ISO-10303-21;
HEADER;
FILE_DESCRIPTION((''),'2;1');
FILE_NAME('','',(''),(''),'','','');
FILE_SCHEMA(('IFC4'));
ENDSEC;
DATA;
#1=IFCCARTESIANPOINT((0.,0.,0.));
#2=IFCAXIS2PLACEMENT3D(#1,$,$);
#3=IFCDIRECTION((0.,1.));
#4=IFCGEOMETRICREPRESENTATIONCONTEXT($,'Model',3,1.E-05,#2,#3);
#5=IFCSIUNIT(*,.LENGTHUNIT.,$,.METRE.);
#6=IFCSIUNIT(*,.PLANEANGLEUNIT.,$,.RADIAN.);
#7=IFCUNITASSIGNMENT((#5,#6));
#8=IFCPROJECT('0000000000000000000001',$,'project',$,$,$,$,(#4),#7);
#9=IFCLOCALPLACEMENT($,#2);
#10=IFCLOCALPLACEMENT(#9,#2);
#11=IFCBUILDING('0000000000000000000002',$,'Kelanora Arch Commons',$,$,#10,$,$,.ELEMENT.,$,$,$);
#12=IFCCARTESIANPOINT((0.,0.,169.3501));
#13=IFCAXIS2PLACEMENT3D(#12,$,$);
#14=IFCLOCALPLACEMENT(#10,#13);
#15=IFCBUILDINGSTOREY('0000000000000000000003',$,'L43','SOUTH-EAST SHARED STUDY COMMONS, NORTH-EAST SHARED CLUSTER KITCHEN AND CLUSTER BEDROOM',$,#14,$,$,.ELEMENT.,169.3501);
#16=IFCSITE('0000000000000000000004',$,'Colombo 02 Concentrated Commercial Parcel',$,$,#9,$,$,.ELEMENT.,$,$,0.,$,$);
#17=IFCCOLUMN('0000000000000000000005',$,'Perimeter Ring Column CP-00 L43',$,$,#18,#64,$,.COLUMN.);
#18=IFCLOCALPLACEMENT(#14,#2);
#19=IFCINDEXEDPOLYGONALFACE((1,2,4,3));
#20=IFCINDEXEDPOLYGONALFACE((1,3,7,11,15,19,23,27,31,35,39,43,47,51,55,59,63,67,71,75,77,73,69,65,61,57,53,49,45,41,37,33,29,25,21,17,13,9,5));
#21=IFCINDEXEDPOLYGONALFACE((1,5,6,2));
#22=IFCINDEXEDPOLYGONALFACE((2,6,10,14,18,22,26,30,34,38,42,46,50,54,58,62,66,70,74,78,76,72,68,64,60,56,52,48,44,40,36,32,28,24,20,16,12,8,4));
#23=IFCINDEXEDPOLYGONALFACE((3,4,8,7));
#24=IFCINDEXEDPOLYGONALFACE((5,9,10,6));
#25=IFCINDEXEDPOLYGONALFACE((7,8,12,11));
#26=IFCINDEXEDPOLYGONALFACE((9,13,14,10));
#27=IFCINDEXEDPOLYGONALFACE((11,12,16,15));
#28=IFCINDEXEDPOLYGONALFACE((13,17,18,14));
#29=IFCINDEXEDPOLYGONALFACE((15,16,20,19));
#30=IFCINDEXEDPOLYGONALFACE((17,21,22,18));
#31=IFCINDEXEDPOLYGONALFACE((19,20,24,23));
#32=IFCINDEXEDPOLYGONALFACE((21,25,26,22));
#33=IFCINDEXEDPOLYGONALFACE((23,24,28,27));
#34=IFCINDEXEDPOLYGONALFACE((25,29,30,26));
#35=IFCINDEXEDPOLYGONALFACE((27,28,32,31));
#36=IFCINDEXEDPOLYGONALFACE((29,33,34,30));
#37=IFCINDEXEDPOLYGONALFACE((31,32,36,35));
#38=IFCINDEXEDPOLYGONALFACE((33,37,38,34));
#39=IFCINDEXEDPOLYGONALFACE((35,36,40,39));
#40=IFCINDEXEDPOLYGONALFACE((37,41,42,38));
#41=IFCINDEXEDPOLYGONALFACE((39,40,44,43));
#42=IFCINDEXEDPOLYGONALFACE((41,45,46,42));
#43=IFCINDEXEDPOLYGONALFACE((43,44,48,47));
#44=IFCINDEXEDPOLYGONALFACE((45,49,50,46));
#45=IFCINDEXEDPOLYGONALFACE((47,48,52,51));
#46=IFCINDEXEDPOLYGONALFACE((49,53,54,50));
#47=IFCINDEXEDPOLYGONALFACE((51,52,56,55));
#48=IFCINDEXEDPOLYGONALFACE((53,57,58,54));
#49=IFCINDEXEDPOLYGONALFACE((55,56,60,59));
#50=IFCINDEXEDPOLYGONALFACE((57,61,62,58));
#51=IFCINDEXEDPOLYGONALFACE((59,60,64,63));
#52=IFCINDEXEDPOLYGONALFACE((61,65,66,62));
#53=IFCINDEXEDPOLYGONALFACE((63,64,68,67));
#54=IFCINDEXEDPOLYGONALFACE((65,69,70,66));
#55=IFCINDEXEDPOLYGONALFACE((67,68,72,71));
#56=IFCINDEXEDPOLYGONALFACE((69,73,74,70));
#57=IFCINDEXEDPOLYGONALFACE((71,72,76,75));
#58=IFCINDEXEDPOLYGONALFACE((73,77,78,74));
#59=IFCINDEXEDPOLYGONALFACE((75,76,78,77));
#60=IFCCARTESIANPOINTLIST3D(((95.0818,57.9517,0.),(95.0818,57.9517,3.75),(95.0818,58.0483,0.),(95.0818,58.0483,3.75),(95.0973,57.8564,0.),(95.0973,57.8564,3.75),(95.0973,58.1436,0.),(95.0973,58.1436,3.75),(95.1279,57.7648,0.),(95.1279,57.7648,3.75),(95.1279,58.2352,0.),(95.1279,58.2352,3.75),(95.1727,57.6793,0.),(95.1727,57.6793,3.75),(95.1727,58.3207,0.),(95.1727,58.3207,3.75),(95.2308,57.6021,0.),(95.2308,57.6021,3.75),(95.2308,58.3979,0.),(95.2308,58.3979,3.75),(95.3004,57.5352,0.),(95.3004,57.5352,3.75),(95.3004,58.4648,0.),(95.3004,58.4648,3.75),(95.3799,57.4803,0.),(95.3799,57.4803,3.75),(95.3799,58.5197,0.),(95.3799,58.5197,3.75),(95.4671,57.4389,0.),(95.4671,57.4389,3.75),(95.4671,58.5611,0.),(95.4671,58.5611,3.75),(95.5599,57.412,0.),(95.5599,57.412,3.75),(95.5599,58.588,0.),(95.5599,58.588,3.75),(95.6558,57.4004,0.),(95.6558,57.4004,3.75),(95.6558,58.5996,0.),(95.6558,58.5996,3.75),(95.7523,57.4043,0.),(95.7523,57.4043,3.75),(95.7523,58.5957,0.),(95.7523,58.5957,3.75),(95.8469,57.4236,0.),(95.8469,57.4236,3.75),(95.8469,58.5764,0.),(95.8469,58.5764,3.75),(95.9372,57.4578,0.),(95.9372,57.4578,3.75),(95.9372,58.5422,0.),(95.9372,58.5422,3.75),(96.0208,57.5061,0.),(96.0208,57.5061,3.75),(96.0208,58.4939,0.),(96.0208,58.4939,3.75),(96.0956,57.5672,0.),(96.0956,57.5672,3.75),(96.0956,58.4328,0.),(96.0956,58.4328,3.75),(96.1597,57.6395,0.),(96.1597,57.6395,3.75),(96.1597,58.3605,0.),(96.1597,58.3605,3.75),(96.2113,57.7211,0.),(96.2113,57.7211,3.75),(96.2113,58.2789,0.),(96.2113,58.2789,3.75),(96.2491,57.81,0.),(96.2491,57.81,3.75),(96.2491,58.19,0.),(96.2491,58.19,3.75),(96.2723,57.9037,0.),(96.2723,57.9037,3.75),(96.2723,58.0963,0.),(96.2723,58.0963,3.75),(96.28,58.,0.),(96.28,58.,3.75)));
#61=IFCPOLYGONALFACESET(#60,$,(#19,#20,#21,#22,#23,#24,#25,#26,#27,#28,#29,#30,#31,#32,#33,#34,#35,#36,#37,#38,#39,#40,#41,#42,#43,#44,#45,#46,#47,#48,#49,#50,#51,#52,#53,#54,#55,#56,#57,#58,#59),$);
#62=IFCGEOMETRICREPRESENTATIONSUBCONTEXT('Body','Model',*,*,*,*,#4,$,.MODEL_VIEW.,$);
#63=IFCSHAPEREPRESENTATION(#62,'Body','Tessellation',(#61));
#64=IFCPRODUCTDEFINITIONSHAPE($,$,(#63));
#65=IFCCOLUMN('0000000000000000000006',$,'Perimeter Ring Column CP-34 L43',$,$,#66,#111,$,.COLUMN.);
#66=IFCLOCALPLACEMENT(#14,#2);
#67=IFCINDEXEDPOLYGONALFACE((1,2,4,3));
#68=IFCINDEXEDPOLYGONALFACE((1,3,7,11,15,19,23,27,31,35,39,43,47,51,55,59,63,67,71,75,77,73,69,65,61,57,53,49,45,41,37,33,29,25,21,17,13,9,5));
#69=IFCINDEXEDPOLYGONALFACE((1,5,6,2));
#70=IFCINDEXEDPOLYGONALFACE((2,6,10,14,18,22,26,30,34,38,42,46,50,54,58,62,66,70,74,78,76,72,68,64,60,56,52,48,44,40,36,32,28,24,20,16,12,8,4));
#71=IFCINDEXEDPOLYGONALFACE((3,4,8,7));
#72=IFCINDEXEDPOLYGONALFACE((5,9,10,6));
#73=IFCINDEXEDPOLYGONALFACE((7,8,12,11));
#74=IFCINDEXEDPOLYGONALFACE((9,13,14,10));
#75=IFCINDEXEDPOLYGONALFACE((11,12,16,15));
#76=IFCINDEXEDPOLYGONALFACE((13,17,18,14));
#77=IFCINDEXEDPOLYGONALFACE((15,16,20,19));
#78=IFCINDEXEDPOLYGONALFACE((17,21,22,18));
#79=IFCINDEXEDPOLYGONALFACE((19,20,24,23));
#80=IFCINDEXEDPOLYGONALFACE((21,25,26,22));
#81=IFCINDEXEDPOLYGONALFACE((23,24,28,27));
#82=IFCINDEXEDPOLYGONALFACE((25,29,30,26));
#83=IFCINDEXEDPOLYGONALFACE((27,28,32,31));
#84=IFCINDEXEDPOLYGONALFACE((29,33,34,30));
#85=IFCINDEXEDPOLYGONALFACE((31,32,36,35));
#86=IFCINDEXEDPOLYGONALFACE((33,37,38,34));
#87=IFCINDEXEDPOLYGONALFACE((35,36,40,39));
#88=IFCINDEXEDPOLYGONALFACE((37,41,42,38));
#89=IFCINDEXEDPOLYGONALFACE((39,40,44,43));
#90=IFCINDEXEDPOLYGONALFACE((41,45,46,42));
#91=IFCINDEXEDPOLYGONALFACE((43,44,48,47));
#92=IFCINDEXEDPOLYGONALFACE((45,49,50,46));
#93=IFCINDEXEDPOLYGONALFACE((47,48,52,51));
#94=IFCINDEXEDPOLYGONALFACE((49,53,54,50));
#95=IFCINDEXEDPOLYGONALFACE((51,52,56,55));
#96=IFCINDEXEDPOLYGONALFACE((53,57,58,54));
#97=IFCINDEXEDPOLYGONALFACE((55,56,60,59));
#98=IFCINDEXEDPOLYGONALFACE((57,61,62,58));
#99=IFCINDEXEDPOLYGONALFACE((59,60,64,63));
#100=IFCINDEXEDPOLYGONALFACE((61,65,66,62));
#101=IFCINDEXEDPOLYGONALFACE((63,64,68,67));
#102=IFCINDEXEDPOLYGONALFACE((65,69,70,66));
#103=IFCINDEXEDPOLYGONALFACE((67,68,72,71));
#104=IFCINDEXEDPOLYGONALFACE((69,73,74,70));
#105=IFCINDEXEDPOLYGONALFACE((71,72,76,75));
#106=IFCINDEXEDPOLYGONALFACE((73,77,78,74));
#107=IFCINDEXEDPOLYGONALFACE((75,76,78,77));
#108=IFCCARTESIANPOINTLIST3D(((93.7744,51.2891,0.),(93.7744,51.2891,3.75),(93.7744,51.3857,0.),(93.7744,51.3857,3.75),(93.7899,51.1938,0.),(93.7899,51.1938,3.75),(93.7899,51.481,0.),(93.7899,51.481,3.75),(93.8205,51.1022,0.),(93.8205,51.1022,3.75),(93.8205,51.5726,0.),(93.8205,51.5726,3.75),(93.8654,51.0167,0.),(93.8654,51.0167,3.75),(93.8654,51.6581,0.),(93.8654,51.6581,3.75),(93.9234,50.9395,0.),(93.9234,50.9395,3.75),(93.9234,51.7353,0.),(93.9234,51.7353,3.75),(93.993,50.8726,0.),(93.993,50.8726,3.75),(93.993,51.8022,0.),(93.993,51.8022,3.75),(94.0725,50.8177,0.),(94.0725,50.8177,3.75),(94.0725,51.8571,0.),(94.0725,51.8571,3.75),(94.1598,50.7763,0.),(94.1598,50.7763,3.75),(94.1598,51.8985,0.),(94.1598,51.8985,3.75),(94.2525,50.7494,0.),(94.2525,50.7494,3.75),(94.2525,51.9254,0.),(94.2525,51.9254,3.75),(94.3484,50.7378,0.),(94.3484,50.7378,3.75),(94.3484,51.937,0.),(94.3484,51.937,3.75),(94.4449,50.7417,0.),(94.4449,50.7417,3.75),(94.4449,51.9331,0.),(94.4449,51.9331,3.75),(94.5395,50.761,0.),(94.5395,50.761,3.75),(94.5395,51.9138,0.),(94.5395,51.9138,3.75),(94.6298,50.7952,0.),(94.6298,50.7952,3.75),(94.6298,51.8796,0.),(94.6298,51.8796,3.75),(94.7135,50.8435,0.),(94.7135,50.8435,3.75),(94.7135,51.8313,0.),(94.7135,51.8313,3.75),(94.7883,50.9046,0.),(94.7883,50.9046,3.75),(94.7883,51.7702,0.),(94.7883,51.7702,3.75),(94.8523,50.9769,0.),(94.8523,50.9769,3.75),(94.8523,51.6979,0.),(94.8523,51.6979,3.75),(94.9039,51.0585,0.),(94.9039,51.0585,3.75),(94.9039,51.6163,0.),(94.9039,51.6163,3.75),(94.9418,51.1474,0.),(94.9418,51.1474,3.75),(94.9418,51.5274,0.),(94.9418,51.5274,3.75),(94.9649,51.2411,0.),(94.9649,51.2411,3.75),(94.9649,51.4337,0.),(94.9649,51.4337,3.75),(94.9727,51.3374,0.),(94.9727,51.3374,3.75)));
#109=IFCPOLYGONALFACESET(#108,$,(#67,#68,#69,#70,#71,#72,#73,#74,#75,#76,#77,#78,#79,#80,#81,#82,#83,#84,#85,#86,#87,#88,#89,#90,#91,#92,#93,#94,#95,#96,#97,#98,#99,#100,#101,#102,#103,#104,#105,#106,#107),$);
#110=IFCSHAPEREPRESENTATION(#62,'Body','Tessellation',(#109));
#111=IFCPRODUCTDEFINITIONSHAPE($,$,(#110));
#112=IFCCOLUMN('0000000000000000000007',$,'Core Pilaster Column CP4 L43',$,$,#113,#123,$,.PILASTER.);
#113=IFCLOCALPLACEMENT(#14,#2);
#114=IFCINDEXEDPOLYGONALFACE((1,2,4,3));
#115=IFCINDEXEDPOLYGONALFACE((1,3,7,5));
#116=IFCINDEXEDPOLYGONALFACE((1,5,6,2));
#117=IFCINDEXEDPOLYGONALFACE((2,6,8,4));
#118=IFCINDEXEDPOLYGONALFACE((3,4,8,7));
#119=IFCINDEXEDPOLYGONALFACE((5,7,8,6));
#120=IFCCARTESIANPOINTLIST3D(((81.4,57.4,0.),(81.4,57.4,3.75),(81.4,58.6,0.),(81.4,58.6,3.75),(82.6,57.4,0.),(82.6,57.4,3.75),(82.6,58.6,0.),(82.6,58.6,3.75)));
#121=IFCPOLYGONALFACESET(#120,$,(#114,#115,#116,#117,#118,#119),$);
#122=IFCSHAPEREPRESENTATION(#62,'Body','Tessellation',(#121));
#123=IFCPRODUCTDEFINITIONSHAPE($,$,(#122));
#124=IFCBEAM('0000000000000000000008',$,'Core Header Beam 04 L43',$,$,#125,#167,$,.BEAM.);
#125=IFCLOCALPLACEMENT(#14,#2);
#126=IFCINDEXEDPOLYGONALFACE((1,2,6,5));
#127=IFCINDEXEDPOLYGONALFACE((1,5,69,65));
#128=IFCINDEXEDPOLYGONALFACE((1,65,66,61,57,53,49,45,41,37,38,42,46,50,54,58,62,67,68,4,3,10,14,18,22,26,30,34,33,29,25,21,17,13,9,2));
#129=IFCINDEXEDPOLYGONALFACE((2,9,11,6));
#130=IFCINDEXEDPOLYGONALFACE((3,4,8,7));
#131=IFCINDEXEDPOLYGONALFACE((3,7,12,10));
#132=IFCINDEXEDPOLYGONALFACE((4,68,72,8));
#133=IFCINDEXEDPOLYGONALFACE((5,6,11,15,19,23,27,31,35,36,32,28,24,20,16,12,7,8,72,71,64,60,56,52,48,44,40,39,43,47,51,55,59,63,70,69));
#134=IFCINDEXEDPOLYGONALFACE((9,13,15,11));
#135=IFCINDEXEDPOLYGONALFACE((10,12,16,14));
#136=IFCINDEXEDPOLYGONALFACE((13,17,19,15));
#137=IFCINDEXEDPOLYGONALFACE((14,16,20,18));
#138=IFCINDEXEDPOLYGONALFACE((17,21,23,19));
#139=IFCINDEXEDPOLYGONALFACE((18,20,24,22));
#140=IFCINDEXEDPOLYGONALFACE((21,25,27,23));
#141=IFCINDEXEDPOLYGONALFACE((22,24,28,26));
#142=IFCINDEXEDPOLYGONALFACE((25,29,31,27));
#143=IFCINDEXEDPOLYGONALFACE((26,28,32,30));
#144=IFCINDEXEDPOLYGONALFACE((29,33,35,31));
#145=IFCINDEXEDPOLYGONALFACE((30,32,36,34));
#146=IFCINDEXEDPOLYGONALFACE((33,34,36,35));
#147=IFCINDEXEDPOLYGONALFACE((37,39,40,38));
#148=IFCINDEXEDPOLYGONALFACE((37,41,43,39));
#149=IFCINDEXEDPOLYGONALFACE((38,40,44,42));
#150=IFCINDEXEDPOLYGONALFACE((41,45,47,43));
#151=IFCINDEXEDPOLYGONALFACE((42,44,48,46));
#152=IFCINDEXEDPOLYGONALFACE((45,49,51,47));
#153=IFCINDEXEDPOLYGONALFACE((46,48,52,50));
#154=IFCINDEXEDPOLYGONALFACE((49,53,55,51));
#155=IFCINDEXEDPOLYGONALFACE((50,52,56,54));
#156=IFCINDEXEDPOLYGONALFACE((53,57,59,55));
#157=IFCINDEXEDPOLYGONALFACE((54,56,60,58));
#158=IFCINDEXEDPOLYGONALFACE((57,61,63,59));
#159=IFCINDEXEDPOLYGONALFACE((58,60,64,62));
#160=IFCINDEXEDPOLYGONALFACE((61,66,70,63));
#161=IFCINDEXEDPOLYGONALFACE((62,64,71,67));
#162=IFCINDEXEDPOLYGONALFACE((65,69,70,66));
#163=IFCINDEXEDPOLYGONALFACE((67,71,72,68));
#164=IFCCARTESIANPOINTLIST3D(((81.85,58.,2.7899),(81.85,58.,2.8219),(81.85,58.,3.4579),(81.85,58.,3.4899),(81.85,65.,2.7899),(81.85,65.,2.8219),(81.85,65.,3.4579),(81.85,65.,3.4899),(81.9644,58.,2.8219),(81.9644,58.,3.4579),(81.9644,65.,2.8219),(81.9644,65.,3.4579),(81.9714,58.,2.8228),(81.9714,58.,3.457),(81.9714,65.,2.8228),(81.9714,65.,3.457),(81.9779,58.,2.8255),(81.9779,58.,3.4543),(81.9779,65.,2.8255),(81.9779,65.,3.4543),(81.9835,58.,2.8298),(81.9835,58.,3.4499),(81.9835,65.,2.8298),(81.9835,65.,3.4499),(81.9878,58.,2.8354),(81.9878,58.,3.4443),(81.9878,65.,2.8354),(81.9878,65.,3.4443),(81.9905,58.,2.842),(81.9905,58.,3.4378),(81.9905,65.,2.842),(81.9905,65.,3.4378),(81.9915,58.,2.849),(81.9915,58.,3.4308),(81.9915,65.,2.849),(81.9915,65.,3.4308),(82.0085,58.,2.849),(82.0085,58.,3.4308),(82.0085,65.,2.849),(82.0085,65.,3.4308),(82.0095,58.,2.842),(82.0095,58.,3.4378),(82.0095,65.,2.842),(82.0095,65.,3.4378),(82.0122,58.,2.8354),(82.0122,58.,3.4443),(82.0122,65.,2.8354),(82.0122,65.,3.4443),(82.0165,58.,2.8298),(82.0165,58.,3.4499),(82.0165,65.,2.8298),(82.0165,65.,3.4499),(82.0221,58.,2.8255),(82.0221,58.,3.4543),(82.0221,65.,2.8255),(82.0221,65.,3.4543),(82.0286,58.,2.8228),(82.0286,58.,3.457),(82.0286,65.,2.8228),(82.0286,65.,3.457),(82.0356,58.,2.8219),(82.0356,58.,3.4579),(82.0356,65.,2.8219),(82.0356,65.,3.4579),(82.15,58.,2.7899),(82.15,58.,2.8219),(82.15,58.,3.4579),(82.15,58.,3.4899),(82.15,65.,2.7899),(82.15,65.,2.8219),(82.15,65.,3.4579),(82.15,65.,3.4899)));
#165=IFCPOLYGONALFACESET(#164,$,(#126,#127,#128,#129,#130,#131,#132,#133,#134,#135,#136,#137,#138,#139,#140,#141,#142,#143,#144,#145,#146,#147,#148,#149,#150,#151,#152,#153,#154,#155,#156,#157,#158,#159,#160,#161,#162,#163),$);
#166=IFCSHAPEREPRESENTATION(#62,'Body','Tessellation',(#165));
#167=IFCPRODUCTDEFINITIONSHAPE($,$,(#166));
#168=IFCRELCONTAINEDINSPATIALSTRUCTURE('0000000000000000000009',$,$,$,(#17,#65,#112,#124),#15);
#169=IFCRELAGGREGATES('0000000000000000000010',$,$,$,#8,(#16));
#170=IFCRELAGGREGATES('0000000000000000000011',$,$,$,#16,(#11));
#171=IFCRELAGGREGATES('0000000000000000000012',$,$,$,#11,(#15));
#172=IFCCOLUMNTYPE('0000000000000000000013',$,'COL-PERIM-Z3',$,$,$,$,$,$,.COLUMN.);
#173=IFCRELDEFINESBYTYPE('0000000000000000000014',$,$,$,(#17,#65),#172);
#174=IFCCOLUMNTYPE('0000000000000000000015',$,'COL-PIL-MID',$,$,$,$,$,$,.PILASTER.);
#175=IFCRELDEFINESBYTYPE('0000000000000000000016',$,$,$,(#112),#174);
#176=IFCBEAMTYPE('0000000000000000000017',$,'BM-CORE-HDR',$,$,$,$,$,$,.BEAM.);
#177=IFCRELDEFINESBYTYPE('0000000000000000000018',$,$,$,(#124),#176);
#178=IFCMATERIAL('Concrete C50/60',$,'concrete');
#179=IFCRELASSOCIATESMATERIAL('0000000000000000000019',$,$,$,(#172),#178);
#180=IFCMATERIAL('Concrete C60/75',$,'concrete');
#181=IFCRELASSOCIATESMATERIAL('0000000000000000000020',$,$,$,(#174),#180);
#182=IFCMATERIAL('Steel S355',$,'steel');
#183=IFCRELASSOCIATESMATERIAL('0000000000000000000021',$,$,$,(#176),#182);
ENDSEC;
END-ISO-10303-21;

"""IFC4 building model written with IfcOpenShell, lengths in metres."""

from ifc_helpers import new_model, si_unit, direction, frame, origin, origin_2d, place, context, subcontext, project, spatial, rectangle, circle, i_section, extrude, material, material_profile, profile_set, type_object, element, save


model = new_model("IFC4")

# Units and contexts
model_context = context("Model", 3, precision=1e-05, world=origin(), true_north=direction((0.0, 1.0)))
body_context = subcontext(model_context, "Body", "Model", "MODEL_VIEW")
ifc_project = project(units=[si_unit("LENGTHUNIT", "METRE"), si_unit("PLANEANGLEUNIT", "RADIAN")], contexts=[model_context])

# Site, building, storey
site_placement = place(None, origin())
site = spatial("IfcSite", under=ifc_project, at=site_placement, Name="Colombo 02 Concentrated Commercial Parcel", CompositionType="ELEMENT", RefElevation=0.0)
building_placement = place(site_placement, origin())
building = spatial("IfcBuilding", under=site, at=building_placement, Name="Kelanora Arch Commons", CompositionType="ELEMENT")
storey_placement = place(building_placement, frame((0.0, 0.0, 169.3501)))
storey = spatial("IfcBuildingStorey", under=building, at=storey_placement, Name="L43", Description="SOUTH-EAST SHARED STUDY COMMONS, NORTH-EAST SHARED CLUSTER KITCHEN AND CLUSTER BEDROOM", CompositionType="ELEMENT", Elevation=169.3501)

# Columns
ifc_material_1 = material(Name="Concrete C50/60", Category="concrete")
ifc_material_profile_1 = material_profile(ifc_material_1, circle(Radius=0.6001, at=origin_2d()), Name="RCC1200")
ifc_profile_set_1 = profile_set([ifc_material_profile_1], Name="Concrete C50/60")
column_type_1 = type_object("IfcColumnType", Name="COL-PERIM-Z3", PredefinedType="COLUMN", material=ifc_profile_set_1)
for number, where, z_axis, x_axis, name in (
    (1, (95.6799, 58.0, 0.0), (0.0, 0.0, 1.0), (1.0, 0.0, 0.0), "Perimeter Ring Column CP-00 L43"),
    (2, (94.3726, 51.3374, 0.0), (0.0, 0.0, 1.0), (1.0, 0.0, 0.0), "Perimeter Ring Column CP-34 L43"),
):
    element("IfcColumn", number, at=place(storey_placement, frame(where, z_axis=z_axis, x_axis=x_axis)), inside=storey, type_object=column_type_1, Name=name, PredefinedType="COLUMN", context=body_context, shape_type="SweptSolid", body=[
        extrude(circle(Radius=0.6001, at=origin_2d()), origin(), (0.0, 0.0, 1.0), 3.75),
    ])
ifc_material_2 = material(Name="Concrete C60/75", Category="concrete")
ifc_material_profile_2 = material_profile(ifc_material_2, rectangle(XDim=1.2, YDim=1.2, at=origin_2d()), Name="RC1200x1200")
ifc_profile_set_2 = profile_set([ifc_material_profile_2], Name="Concrete C60/75")
column_type_2 = type_object("IfcColumnType", Name="COL-PIL-MID", PredefinedType="PILASTER", material=ifc_profile_set_2)
column_placement = place(storey_placement, frame((82.0, 58.0, 0.0), z_axis=(0.0, 0.0, 1.0), x_axis=(1.0, 0.0, 0.0)))
element("IfcColumn", 3, at=column_placement, inside=storey, type_object=column_type_2, Name="Core Pilaster Column CP4 L43", PredefinedType="PILASTER", context=body_context, shape_type="SweptSolid", body=[
    extrude(rectangle(XDim=1.2, YDim=1.2, at=origin_2d()), origin(), (0.0, 0.0, 1.0), 3.75),
])

# Beam
ifc_material_3 = material(Name="Steel S355", Category="steel")
ifc_material_profile_3 = material_profile(ifc_material_3, i_section(OverallWidth=0.3, OverallDepth=0.7, WebThickness=0.0171, FlangeThickness=0.032, FilletRadius=0.0271, at=origin_2d()), Name="HEB700")
ifc_profile_set_3 = profile_set([ifc_material_profile_3], Name="Steel S355")
beam_type_1 = type_object("IfcBeamType", Name="BM-CORE-HDR", PredefinedType="BEAM", material=ifc_profile_set_3)
beam_1_placement = place(storey_placement, frame((82.0, 58.0, 3.1399), z_axis=(0.0, 1.0, 0.0), x_axis=(-1.0, 0.0, 0.0)))
element("IfcBeam", 4, at=beam_1_placement, inside=storey, type_object=beam_type_1, Name="Core Header Beam 04 L43", PredefinedType="BEAM", context=body_context, shape_type="SweptSolid", body=[
    extrude(i_section(OverallWidth=0.3, OverallDepth=0.7, WebThickness=0.0171, FlangeThickness=0.032, FilletRadius=0.0271, at=origin_2d()), origin(), (0.0, 0.0, 1.0), 7.0),
])

save(model, "model.ifc")
